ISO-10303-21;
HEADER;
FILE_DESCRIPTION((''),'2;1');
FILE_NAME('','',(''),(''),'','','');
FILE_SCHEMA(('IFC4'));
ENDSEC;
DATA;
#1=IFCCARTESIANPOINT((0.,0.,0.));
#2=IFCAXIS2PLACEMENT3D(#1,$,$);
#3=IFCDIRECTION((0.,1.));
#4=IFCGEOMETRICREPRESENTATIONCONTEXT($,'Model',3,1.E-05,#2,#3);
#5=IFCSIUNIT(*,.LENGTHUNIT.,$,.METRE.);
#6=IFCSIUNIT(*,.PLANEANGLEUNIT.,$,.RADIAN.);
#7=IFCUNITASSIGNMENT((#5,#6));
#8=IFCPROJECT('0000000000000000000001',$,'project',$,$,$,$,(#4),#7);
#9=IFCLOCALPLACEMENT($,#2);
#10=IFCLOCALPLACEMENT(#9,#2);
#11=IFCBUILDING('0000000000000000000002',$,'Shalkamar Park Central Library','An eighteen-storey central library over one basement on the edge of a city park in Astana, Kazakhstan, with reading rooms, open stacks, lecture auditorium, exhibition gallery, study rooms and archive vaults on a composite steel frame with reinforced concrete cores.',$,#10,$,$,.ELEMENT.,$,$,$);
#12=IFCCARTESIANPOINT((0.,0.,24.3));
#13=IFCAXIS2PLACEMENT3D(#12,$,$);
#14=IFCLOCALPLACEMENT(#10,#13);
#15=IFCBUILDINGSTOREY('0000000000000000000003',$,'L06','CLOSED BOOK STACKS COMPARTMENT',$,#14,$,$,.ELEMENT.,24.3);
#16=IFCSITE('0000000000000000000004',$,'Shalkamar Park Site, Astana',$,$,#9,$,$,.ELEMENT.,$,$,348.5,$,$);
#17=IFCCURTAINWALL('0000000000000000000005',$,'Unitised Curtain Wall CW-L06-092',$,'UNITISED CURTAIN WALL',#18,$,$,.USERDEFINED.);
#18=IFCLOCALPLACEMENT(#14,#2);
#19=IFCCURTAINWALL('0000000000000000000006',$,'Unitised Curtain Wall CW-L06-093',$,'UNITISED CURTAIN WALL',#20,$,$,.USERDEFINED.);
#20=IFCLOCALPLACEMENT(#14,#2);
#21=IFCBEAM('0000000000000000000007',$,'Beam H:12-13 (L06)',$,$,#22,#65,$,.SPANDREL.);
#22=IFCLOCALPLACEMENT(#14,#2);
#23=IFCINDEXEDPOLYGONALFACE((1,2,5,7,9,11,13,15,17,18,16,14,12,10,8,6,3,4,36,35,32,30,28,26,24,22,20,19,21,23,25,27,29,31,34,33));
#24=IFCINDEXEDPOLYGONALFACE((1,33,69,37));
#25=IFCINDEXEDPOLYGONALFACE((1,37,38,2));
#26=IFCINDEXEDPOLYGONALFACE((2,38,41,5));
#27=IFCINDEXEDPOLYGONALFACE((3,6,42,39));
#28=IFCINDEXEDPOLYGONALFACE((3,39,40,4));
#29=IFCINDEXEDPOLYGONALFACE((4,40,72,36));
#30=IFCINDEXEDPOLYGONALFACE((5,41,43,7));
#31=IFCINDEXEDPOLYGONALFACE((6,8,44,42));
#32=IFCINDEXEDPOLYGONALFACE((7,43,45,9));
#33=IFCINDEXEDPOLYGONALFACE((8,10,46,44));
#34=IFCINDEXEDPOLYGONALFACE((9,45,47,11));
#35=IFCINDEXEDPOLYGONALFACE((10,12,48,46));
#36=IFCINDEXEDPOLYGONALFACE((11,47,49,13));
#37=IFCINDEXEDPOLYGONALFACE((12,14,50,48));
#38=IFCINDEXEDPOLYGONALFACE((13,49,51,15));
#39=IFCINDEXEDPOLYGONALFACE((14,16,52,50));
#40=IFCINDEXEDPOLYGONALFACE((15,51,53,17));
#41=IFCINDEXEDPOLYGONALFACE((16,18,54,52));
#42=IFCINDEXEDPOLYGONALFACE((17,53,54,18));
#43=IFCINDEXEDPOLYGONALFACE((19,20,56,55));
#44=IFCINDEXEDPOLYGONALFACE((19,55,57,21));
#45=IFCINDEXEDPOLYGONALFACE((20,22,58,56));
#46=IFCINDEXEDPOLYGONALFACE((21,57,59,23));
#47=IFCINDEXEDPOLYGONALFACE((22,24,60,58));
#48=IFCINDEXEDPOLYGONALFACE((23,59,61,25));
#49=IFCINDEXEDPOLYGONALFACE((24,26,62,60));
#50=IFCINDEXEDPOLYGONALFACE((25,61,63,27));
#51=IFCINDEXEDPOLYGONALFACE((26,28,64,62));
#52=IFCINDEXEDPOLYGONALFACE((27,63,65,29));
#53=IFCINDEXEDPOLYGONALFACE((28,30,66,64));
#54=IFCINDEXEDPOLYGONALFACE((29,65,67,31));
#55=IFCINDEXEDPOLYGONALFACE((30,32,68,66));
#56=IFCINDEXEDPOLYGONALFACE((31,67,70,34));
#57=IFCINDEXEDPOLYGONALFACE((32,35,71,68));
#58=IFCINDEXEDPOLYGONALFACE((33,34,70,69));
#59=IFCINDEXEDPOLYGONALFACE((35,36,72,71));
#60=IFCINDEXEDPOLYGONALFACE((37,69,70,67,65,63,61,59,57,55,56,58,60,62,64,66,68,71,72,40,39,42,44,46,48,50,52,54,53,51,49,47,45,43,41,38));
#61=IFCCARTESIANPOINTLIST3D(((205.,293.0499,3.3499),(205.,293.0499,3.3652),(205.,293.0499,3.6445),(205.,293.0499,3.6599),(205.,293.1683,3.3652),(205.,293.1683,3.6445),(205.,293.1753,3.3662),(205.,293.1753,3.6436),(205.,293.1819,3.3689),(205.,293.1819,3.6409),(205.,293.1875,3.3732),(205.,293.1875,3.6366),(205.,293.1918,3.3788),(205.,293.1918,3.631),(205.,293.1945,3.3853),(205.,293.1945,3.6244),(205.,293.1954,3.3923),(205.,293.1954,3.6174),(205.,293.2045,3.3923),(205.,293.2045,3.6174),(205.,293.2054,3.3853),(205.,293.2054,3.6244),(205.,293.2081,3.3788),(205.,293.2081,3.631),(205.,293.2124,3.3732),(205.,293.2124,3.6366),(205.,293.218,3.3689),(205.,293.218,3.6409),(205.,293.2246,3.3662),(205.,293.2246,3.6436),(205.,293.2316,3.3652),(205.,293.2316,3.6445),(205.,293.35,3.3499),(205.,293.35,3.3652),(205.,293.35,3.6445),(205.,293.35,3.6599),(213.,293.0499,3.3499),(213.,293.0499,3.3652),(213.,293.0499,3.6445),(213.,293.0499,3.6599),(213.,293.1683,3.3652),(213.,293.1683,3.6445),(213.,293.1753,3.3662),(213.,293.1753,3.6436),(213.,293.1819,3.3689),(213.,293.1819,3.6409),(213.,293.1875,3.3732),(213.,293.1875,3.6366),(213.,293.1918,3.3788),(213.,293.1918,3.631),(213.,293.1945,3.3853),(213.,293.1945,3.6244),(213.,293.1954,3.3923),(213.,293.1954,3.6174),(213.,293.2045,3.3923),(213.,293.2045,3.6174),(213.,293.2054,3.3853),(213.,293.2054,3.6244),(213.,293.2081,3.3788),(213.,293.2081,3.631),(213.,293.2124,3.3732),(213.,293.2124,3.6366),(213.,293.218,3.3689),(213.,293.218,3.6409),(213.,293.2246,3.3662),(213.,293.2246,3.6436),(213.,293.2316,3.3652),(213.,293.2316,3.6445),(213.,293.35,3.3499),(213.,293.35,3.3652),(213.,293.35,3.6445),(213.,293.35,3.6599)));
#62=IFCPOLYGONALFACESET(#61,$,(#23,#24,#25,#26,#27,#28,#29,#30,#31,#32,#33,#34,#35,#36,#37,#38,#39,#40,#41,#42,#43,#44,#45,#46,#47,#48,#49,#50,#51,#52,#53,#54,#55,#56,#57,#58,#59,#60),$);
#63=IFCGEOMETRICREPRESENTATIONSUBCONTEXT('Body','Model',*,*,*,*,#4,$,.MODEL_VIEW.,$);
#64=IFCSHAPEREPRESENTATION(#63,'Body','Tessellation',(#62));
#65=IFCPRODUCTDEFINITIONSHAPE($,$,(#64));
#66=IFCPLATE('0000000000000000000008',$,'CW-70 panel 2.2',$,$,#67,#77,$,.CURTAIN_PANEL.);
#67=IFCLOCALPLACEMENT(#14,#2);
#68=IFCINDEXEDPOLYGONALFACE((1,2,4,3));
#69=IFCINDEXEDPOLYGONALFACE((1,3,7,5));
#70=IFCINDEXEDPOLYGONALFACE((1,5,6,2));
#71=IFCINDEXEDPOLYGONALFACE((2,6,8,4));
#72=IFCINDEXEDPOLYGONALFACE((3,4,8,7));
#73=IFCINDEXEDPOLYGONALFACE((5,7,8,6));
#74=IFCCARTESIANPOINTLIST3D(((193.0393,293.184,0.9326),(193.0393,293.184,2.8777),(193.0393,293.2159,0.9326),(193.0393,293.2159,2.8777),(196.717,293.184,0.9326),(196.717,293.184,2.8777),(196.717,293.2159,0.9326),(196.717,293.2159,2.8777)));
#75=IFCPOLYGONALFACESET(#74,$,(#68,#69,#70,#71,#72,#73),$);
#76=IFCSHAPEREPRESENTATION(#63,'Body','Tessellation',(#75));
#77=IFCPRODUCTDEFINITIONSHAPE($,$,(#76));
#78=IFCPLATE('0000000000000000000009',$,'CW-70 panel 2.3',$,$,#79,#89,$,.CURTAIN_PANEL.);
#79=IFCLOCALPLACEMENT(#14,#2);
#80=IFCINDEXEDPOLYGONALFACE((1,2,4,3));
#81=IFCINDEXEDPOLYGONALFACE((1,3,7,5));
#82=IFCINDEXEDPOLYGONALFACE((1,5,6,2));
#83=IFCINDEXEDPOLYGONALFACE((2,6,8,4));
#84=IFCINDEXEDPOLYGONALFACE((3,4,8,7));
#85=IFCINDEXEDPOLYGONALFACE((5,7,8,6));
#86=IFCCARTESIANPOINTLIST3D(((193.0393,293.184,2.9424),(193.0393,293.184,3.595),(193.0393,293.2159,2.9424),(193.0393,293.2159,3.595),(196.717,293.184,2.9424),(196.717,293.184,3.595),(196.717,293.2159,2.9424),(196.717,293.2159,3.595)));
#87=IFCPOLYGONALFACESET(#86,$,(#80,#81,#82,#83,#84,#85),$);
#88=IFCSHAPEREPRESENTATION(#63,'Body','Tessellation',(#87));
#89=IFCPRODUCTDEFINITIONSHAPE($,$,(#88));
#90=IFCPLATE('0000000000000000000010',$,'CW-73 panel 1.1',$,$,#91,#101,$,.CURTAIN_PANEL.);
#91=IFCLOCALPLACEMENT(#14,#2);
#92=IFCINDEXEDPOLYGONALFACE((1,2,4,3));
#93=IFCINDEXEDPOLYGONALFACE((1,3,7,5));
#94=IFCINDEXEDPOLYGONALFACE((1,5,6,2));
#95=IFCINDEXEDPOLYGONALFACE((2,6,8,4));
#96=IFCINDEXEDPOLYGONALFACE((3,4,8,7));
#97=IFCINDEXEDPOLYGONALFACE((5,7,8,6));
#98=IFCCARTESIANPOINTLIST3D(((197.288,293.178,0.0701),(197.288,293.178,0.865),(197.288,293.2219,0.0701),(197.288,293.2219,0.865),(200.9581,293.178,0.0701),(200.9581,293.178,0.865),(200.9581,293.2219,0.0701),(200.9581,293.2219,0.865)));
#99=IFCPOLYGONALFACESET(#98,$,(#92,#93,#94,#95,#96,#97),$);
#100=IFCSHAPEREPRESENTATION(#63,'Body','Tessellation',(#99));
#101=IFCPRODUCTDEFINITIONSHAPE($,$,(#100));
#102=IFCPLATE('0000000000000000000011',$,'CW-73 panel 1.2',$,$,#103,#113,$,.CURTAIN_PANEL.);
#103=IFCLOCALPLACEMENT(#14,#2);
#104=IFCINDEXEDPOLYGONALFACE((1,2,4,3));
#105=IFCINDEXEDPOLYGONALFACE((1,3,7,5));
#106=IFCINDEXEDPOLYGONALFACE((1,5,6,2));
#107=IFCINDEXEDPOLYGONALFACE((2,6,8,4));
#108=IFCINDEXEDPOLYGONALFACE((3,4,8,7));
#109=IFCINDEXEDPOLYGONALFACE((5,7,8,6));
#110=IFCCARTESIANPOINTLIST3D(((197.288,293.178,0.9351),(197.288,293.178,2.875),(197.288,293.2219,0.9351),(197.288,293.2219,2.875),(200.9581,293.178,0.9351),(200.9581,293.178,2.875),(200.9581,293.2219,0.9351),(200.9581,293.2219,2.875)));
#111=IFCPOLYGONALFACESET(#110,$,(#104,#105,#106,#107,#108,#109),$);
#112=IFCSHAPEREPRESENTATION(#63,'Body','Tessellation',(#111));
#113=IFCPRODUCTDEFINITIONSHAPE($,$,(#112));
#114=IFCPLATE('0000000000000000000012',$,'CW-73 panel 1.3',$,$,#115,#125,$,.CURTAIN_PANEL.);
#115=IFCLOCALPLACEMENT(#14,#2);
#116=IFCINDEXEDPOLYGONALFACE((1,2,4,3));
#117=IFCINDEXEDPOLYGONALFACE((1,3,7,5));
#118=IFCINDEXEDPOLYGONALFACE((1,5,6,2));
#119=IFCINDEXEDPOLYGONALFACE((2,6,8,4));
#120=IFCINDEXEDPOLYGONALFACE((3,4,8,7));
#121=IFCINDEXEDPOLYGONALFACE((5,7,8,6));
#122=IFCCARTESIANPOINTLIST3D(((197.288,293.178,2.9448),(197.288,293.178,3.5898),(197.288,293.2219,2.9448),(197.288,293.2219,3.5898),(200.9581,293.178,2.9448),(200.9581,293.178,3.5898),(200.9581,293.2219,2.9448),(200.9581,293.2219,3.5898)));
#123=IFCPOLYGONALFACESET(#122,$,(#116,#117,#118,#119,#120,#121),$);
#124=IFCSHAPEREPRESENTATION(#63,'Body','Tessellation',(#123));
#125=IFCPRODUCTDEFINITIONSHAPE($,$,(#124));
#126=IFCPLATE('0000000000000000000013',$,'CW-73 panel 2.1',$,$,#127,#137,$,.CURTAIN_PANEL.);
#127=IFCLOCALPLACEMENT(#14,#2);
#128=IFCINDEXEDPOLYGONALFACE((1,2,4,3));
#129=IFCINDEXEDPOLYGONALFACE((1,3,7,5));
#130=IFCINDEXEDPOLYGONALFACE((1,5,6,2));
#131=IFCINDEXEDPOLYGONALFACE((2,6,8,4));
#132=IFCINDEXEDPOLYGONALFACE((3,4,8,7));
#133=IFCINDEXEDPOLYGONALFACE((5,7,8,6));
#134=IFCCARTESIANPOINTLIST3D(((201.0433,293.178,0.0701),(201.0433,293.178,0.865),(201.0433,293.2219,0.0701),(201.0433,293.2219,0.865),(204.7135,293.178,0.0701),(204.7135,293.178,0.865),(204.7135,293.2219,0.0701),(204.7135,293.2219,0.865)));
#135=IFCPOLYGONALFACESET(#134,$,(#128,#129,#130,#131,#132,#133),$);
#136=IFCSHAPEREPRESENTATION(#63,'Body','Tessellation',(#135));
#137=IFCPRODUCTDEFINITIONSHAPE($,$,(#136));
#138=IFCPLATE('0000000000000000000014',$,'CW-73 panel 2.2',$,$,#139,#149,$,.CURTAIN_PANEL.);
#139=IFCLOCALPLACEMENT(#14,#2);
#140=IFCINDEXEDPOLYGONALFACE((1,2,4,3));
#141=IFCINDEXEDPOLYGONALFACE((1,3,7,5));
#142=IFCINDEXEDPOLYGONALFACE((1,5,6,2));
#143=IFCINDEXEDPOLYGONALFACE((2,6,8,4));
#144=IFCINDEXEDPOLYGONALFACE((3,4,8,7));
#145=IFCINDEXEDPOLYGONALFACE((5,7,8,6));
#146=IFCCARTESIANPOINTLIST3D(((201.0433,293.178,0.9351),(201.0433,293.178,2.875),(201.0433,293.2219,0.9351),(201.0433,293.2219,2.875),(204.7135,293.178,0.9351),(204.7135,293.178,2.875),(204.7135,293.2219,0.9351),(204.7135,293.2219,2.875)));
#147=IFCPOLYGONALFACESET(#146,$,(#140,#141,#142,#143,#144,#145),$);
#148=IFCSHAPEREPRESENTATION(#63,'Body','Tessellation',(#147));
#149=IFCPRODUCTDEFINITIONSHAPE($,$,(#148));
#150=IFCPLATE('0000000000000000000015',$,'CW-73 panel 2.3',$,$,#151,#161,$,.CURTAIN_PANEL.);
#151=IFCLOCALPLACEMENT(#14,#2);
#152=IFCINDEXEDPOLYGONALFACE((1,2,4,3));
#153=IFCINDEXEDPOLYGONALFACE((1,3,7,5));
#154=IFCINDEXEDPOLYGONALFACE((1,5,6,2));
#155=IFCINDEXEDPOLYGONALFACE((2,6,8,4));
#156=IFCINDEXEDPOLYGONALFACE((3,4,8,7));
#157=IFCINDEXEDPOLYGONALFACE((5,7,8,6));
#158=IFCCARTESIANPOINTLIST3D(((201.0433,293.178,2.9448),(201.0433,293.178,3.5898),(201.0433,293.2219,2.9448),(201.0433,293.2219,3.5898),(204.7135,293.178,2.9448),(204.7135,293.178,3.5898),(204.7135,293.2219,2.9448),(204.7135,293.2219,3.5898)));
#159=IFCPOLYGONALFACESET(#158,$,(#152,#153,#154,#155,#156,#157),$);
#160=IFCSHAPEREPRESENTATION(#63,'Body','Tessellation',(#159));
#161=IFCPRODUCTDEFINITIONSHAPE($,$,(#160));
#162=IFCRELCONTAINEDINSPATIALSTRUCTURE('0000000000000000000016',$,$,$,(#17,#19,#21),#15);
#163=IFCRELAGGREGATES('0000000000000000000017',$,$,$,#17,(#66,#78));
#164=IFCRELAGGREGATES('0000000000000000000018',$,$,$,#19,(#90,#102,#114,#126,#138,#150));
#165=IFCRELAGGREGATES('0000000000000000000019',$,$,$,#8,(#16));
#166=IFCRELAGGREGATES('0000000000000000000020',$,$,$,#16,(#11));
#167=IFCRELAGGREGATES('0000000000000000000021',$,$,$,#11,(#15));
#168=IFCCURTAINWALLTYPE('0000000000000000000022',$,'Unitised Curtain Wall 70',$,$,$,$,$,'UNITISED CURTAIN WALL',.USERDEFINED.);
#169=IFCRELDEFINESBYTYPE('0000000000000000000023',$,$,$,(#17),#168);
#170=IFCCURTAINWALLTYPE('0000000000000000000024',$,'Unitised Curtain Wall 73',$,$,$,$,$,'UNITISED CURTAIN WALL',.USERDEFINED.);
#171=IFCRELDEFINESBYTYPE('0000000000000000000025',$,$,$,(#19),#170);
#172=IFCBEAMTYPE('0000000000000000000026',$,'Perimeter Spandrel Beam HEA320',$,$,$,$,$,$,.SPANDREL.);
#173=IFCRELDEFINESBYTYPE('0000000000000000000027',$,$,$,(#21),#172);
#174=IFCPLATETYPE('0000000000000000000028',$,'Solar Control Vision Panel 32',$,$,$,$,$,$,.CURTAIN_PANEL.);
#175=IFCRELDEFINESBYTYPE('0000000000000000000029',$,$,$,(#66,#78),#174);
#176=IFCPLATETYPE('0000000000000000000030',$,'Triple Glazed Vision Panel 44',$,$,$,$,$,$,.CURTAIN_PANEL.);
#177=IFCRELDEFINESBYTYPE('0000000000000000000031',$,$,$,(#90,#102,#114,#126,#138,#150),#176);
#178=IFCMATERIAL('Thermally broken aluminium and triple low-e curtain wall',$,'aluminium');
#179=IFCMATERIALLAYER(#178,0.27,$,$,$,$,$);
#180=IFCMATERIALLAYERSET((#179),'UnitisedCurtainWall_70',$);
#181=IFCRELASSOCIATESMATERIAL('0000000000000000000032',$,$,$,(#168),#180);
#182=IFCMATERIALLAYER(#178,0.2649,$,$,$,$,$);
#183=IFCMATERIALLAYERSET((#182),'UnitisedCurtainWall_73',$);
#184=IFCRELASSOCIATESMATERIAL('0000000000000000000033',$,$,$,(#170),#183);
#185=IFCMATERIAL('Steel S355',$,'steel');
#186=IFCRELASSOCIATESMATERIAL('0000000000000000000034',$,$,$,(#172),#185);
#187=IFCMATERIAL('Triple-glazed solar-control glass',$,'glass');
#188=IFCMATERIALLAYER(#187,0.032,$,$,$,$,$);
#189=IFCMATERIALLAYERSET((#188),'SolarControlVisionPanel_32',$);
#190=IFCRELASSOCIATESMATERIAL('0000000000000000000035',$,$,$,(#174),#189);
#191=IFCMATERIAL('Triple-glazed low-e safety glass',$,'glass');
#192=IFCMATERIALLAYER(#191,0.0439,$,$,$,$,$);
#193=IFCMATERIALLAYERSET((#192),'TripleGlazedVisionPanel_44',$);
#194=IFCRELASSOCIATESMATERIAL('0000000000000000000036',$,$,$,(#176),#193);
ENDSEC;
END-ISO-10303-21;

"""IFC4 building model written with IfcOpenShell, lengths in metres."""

from ifc_helpers import new_model, si_unit, direction, frame, origin, origin_2d, place, context, subcontext, project, spatial, rectangle, i_section, extrude, material, layer, layer_set, material_profile, profile_set, type_object, element, aggregate, save


model = new_model("IFC4")

# Units and contexts
model_context = context("Model", 3, precision=1e-05, world=origin(), true_north=direction((0.0, 1.0)))
body_context = subcontext(model_context, "Body", "Model", "MODEL_VIEW")
ifc_project = project(units=[si_unit("LENGTHUNIT", "METRE"), si_unit("PLANEANGLEUNIT", "RADIAN")], contexts=[model_context])

# Site, building, storey
site_placement = place(None, origin())
site = spatial("IfcSite", under=ifc_project, at=site_placement, Name="Shalkamar Park Site, Astana", CompositionType="ELEMENT", RefElevation=348.5)
building_placement = place(site_placement, origin())
building = spatial("IfcBuilding", under=site, at=building_placement, Name="Shalkamar Park Central Library", Description="An eighteen-storey central library over one basement on the edge of a city park in Astana, Kazakhstan, with reading rooms, open stacks, lecture auditorium, exhibition gallery, study rooms and archive vaults on a composite steel frame with reinforced concrete cores.", CompositionType="ELEMENT")
storey_placement = place(building_placement, frame((0.0, 0.0, 24.3)))
storey = spatial("IfcBuildingStorey", under=building, at=storey_placement, Name="L06", Description="CLOSED BOOK STACKS COMPARTMENT", CompositionType="ELEMENT", Elevation=24.3)

# Shared definitions
ifc_material_1 = material(Name="Steel S355", Category="steel")

# Curtain wall
ifc_material_2 = material(Name="Thermally broken aluminium and triple low-e curtain wall", Category="aluminium")
ifc_layer_1 = layer(ifc_material_2, 0.27)
ifc_layer_set_1 = layer_set([ifc_layer_1], Name="UnitisedCurtainWall_70")
curtain_wall_type_1 = type_object("IfcCurtainWallType", Name="Unitised Curtain Wall 70", ElementType="UNITISED CURTAIN WALL", PredefinedType="USERDEFINED", material=ifc_layer_set_1)
curtain_wall_1_placement = place(storey_placement, origin())
curtain_wall_1 = element("IfcCurtainWall", 1, at=curtain_wall_1_placement, inside=storey, type_object=curtain_wall_type_1, Name="Unitised Curtain Wall CW-L06-092", ObjectType="UNITISED CURTAIN WALL", PredefinedType="USERDEFINED")

# Curtain wall
ifc_layer_2 = layer(ifc_material_2, 0.2649)
ifc_layer_set_2 = layer_set([ifc_layer_2], Name="UnitisedCurtainWall_73")
curtain_wall_type_2 = type_object("IfcCurtainWallType", Name="Unitised Curtain Wall 73", ElementType="UNITISED CURTAIN WALL", PredefinedType="USERDEFINED", material=ifc_layer_set_2)
curtain_wall_2_placement = place(storey_placement, origin())
curtain_wall_2 = element("IfcCurtainWall", 2, at=curtain_wall_2_placement, inside=storey, type_object=curtain_wall_type_2, Name="Unitised Curtain Wall CW-L06-093", ObjectType="UNITISED CURTAIN WALL", PredefinedType="USERDEFINED")

# Beam
ifc_material_profile_1 = material_profile(ifc_material_1, i_section(OverallWidth=0.3, OverallDepth=0.3101, WebThickness=0.009, FlangeThickness=0.0154, FilletRadius=0.0271, at=origin_2d()), Name="HEA 320")
ifc_profile_set_1 = profile_set([ifc_material_profile_1], Name="Steel S355")
beam_type = type_object("IfcBeamType", Name="Perimeter Spandrel Beam HEA320", PredefinedType="SPANDREL", material=ifc_profile_set_1)
for number, where, z_axis, x_axis, name in (
    (3, (205.0, 293.2, 3.5049), (1.0, 0.0, 0.0), (0.0, 1.0, 0.0), "Beam H:12-13 (L06)"),
):
    element("IfcBeam", number, at=place(storey_placement, frame(where, z_axis=z_axis, x_axis=x_axis)), inside=storey, type_object=beam_type, Name=name, PredefinedType="SPANDREL", context=body_context, shape_type="SweptSolid", body=[
        extrude(i_section(OverallWidth=0.3, OverallDepth=0.3101, WebThickness=0.009, FlangeThickness=0.0154, FilletRadius=0.0271, at=origin_2d()), origin(), (0.0, 0.0, 1.0), 8.0),
    ])

# Plates
ifc_material_3 = material(Name="Triple-glazed solar-control glass", Category="glass")
ifc_layer_3 = layer(ifc_material_3, 0.032)
ifc_layer_set_3 = layer_set([ifc_layer_3], Name="SolarControlVisionPanel_32")
plate_type_1 = type_object("IfcPlateType", Name="Solar Control Vision Panel 32", PredefinedType="CURTAIN_PANEL", material=ifc_layer_set_3)
plate_1_placement = place(storey_placement, frame((194.8782, 293.2, 0.9326), z_axis=(0.0, 0.0, 1.0), x_axis=(1.0, 0.0, 0.0)))
plate_1 = element("IfcPlate", 4, at=plate_1_placement, type_object=plate_type_1, Name="CW-70 panel 2.2", PredefinedType="CURTAIN_PANEL", context=body_context, shape_type="SweptSolid", body=[
    extrude(rectangle(XDim=3.6777, YDim=0.032, at=origin_2d()), origin(), (0.0, 0.0, 1.0), 1.9451),
])
plate_2_placement = place(storey_placement, frame((194.8782, 293.2, 2.9424), z_axis=(0.0, 0.0, 1.0), x_axis=(1.0, 0.0, 0.0)))
plate_2 = element("IfcPlate", 5, at=plate_2_placement, type_object=plate_type_1, Name="CW-70 panel 2.3", PredefinedType="CURTAIN_PANEL", context=body_context, shape_type="SweptSolid", body=[
    extrude(rectangle(XDim=3.6777, YDim=0.032, at=origin_2d()), origin(), (0.0, 0.0, 1.0), 0.6526),
])
aggregate(curtain_wall_1, [plate_1, plate_2])
ifc_material_4 = material(Name="Triple-glazed low-e safety glass", Category="glass")
ifc_layer_4 = layer(ifc_material_4, 0.0439)
ifc_layer_set_4 = layer_set([ifc_layer_4], Name="TripleGlazedVisionPanel_44")
plate_type_2 = type_object("IfcPlateType", Name="Triple Glazed Vision Panel 44", PredefinedType="CURTAIN_PANEL", material=ifc_layer_set_4)
plate_3_placement = place(storey_placement, frame((199.123, 293.2, 0.0701), z_axis=(0.0, 0.0, 1.0), x_axis=(1.0, 0.0, 0.0)))
plate_3 = element("IfcPlate", 6, at=plate_3_placement, type_object=plate_type_2, Name="CW-73 panel 1.1", PredefinedType="CURTAIN_PANEL", context=body_context, shape_type="SweptSolid", body=[
    extrude(rectangle(XDim=3.6702, YDim=0.0439, at=origin_2d()), origin(), (0.0, 0.0, 1.0), 0.7949),
])
plate_4_placement = place(storey_placement, frame((199.123, 293.2, 0.9351), z_axis=(0.0, 0.0, 1.0), x_axis=(1.0, 0.0, 0.0)))
plate_4 = element("IfcPlate", 7, at=plate_4_placement, type_object=plate_type_2, Name="CW-73 panel 1.2", PredefinedType="CURTAIN_PANEL", context=body_context, shape_type="SweptSolid", body=[
    extrude(rectangle(XDim=3.6702, YDim=0.0439, at=origin_2d()), origin(), (0.0, 0.0, 1.0), 1.9399),
])
plate_5_placement = place(storey_placement, frame((199.123, 293.2, 2.9448), z_axis=(0.0, 0.0, 1.0), x_axis=(1.0, 0.0, 0.0)))
plate_5 = element("IfcPlate", 8, at=plate_5_placement, type_object=plate_type_2, Name="CW-73 panel 1.3", PredefinedType="CURTAIN_PANEL", context=body_context, shape_type="SweptSolid", body=[
    extrude(rectangle(XDim=3.6702, YDim=0.0439, at=origin_2d()), origin(), (0.0, 0.0, 1.0), 0.645),
])
plate_6_placement = place(storey_placement, frame((202.8784, 293.2, 0.0701), z_axis=(0.0, 0.0, 1.0), x_axis=(1.0, 0.0, 0.0)))
plate_6 = element("IfcPlate", 9, at=plate_6_placement, type_object=plate_type_2, Name="CW-73 panel 2.1", PredefinedType="CURTAIN_PANEL", context=body_context, shape_type="SweptSolid", body=[
    extrude(rectangle(XDim=3.6702, YDim=0.0439, at=origin_2d()), origin(), (0.0, 0.0, 1.0), 0.7949),
])
plate_7_placement = place(storey_placement, frame((202.8784, 293.2, 0.9351), z_axis=(0.0, 0.0, 1.0), x_axis=(1.0, 0.0, 0.0)))
plate_7 = element("IfcPlate", 10, at=plate_7_placement, type_object=plate_type_2, Name="CW-73 panel 2.2", PredefinedType="CURTAIN_PANEL", context=body_context, shape_type="SweptSolid", body=[
    extrude(rectangle(XDim=3.6702, YDim=0.0439, at=origin_2d()), origin(), (0.0, 0.0, 1.0), 1.9399),
])
plate_8_placement = place(storey_placement, frame((202.8784, 293.2, 2.9448), z_axis=(0.0, 0.0, 1.0), x_axis=(1.0, 0.0, 0.0)))
plate_8 = element("IfcPlate", 11, at=plate_8_placement, type_object=plate_type_2, Name="CW-73 panel 2.3", PredefinedType="CURTAIN_PANEL", context=body_context, shape_type="SweptSolid", body=[
    extrude(rectangle(XDim=3.6702, YDim=0.0439, at=origin_2d()), origin(), (0.0, 0.0, 1.0), 0.645),
])
aggregate(curtain_wall_2, [plate_3, plate_4, plate_5, plate_6, plate_7, plate_8])

save(model, "model.ifc")
